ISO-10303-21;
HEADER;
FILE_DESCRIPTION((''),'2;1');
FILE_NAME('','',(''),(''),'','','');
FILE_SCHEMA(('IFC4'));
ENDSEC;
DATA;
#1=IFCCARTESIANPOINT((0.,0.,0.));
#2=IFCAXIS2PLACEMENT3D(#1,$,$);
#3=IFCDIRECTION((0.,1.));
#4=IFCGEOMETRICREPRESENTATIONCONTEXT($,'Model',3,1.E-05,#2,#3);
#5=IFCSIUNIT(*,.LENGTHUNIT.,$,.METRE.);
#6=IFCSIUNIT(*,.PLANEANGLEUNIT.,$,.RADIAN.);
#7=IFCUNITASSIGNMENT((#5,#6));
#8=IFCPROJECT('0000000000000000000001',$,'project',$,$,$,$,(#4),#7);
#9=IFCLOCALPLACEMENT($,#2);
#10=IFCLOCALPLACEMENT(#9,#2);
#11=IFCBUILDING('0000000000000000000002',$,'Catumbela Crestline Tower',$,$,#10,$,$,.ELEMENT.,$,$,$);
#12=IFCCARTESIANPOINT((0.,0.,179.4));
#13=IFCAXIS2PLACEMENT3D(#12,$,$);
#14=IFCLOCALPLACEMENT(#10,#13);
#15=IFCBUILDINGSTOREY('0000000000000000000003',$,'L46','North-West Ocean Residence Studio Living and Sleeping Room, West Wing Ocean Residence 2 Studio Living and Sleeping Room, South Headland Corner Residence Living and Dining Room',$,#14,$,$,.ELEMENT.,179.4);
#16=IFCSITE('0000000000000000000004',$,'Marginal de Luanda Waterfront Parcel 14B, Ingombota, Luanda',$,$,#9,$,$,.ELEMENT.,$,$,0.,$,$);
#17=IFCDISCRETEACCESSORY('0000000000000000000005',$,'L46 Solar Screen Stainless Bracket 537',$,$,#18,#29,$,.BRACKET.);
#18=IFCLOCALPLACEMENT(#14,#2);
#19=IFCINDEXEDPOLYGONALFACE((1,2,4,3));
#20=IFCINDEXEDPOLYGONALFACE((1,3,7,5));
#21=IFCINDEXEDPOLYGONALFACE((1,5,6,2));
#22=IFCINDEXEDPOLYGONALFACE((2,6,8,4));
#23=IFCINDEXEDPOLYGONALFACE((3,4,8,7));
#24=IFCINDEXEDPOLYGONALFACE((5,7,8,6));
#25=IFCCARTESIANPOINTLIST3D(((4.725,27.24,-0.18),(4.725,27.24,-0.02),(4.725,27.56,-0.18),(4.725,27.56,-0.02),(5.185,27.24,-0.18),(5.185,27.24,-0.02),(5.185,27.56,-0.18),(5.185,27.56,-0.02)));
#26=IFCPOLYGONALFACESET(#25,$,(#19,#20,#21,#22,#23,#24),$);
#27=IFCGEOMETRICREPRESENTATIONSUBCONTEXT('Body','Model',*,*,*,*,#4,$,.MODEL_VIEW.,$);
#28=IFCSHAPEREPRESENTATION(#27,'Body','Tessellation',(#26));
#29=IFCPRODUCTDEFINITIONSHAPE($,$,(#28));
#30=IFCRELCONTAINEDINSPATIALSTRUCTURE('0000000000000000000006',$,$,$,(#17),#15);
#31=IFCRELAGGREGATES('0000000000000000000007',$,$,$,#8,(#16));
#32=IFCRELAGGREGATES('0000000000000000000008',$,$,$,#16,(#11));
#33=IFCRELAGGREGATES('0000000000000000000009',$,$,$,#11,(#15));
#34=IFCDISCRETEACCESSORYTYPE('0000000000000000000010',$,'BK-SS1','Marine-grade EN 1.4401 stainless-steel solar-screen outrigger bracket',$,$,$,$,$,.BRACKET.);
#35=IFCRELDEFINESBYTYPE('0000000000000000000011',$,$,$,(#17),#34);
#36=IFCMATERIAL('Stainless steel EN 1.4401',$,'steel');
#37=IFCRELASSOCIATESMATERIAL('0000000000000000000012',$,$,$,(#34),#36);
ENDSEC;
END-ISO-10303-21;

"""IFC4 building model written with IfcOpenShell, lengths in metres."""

from ifc_helpers import new_model, si_unit, direction, frame, origin, origin_2d, place, context, subcontext, project, spatial, rectangle, extrude, material, type_object, element, save


model = new_model("IFC4")

# Units and contexts
model_context = context("Model", 3, precision=1e-05, world=origin(), true_north=direction((0.0, 1.0)))
body_context = subcontext(model_context, "Body", "Model", "MODEL_VIEW")
ifc_project = project(units=[si_unit("LENGTHUNIT", "METRE"), si_unit("PLANEANGLEUNIT", "RADIAN")], contexts=[model_context])

# Site, building, storey
site_placement = place(None, origin())
site = spatial("IfcSite", under=ifc_project, at=site_placement, Name="Marginal de Luanda Waterfront Parcel 14B, Ingombota, Luanda", CompositionType="ELEMENT", RefElevation=0.0)
building_placement = place(site_placement, origin())
building = spatial("IfcBuilding", under=site, at=building_placement, Name="Catumbela Crestline Tower", CompositionType="ELEMENT")
storey_placement = place(building_placement, frame((0.0, 0.0, 179.4)))
storey = spatial("IfcBuildingStorey", under=building, at=storey_placement, Name="L46", Description="North-West Ocean Residence Studio Living and Sleeping Room, West Wing Ocean Residence 2 Studio Living and Sleeping Room, South Headland Corner Residence Living and Dining Room", CompositionType="ELEMENT", Elevation=179.4)

# Discrete accessory
ifc_material_1 = material(Name="Stainless steel EN 1.4401", Category="steel")
discrete_accessory_type = type_object("IfcDiscreteAccessoryType", Name="BK-SS1", Description="Marine-grade EN 1.4401 stainless-steel solar-screen outrigger bracket", PredefinedType="BRACKET", material=ifc_material_1)
discrete_accessory_placement = place(storey_placement, frame((4.955, 27.4, -0.18), z_axis=(0.0, 0.0, 1.0), x_axis=(0.0, -1.0, 0.0)))
element("IfcDiscreteAccessory", 1, at=discrete_accessory_placement, inside=storey, type_object=discrete_accessory_type, Name="L46 Solar Screen Stainless Bracket 537", PredefinedType="BRACKET", context=body_context, shape_type="SweptSolid", body=[
    extrude(rectangle(XDim=0.32, YDim=0.46, at=origin_2d()), origin(), (0.0, 0.0, 1.0), 0.16),
])

save(model, "model.ifc")
